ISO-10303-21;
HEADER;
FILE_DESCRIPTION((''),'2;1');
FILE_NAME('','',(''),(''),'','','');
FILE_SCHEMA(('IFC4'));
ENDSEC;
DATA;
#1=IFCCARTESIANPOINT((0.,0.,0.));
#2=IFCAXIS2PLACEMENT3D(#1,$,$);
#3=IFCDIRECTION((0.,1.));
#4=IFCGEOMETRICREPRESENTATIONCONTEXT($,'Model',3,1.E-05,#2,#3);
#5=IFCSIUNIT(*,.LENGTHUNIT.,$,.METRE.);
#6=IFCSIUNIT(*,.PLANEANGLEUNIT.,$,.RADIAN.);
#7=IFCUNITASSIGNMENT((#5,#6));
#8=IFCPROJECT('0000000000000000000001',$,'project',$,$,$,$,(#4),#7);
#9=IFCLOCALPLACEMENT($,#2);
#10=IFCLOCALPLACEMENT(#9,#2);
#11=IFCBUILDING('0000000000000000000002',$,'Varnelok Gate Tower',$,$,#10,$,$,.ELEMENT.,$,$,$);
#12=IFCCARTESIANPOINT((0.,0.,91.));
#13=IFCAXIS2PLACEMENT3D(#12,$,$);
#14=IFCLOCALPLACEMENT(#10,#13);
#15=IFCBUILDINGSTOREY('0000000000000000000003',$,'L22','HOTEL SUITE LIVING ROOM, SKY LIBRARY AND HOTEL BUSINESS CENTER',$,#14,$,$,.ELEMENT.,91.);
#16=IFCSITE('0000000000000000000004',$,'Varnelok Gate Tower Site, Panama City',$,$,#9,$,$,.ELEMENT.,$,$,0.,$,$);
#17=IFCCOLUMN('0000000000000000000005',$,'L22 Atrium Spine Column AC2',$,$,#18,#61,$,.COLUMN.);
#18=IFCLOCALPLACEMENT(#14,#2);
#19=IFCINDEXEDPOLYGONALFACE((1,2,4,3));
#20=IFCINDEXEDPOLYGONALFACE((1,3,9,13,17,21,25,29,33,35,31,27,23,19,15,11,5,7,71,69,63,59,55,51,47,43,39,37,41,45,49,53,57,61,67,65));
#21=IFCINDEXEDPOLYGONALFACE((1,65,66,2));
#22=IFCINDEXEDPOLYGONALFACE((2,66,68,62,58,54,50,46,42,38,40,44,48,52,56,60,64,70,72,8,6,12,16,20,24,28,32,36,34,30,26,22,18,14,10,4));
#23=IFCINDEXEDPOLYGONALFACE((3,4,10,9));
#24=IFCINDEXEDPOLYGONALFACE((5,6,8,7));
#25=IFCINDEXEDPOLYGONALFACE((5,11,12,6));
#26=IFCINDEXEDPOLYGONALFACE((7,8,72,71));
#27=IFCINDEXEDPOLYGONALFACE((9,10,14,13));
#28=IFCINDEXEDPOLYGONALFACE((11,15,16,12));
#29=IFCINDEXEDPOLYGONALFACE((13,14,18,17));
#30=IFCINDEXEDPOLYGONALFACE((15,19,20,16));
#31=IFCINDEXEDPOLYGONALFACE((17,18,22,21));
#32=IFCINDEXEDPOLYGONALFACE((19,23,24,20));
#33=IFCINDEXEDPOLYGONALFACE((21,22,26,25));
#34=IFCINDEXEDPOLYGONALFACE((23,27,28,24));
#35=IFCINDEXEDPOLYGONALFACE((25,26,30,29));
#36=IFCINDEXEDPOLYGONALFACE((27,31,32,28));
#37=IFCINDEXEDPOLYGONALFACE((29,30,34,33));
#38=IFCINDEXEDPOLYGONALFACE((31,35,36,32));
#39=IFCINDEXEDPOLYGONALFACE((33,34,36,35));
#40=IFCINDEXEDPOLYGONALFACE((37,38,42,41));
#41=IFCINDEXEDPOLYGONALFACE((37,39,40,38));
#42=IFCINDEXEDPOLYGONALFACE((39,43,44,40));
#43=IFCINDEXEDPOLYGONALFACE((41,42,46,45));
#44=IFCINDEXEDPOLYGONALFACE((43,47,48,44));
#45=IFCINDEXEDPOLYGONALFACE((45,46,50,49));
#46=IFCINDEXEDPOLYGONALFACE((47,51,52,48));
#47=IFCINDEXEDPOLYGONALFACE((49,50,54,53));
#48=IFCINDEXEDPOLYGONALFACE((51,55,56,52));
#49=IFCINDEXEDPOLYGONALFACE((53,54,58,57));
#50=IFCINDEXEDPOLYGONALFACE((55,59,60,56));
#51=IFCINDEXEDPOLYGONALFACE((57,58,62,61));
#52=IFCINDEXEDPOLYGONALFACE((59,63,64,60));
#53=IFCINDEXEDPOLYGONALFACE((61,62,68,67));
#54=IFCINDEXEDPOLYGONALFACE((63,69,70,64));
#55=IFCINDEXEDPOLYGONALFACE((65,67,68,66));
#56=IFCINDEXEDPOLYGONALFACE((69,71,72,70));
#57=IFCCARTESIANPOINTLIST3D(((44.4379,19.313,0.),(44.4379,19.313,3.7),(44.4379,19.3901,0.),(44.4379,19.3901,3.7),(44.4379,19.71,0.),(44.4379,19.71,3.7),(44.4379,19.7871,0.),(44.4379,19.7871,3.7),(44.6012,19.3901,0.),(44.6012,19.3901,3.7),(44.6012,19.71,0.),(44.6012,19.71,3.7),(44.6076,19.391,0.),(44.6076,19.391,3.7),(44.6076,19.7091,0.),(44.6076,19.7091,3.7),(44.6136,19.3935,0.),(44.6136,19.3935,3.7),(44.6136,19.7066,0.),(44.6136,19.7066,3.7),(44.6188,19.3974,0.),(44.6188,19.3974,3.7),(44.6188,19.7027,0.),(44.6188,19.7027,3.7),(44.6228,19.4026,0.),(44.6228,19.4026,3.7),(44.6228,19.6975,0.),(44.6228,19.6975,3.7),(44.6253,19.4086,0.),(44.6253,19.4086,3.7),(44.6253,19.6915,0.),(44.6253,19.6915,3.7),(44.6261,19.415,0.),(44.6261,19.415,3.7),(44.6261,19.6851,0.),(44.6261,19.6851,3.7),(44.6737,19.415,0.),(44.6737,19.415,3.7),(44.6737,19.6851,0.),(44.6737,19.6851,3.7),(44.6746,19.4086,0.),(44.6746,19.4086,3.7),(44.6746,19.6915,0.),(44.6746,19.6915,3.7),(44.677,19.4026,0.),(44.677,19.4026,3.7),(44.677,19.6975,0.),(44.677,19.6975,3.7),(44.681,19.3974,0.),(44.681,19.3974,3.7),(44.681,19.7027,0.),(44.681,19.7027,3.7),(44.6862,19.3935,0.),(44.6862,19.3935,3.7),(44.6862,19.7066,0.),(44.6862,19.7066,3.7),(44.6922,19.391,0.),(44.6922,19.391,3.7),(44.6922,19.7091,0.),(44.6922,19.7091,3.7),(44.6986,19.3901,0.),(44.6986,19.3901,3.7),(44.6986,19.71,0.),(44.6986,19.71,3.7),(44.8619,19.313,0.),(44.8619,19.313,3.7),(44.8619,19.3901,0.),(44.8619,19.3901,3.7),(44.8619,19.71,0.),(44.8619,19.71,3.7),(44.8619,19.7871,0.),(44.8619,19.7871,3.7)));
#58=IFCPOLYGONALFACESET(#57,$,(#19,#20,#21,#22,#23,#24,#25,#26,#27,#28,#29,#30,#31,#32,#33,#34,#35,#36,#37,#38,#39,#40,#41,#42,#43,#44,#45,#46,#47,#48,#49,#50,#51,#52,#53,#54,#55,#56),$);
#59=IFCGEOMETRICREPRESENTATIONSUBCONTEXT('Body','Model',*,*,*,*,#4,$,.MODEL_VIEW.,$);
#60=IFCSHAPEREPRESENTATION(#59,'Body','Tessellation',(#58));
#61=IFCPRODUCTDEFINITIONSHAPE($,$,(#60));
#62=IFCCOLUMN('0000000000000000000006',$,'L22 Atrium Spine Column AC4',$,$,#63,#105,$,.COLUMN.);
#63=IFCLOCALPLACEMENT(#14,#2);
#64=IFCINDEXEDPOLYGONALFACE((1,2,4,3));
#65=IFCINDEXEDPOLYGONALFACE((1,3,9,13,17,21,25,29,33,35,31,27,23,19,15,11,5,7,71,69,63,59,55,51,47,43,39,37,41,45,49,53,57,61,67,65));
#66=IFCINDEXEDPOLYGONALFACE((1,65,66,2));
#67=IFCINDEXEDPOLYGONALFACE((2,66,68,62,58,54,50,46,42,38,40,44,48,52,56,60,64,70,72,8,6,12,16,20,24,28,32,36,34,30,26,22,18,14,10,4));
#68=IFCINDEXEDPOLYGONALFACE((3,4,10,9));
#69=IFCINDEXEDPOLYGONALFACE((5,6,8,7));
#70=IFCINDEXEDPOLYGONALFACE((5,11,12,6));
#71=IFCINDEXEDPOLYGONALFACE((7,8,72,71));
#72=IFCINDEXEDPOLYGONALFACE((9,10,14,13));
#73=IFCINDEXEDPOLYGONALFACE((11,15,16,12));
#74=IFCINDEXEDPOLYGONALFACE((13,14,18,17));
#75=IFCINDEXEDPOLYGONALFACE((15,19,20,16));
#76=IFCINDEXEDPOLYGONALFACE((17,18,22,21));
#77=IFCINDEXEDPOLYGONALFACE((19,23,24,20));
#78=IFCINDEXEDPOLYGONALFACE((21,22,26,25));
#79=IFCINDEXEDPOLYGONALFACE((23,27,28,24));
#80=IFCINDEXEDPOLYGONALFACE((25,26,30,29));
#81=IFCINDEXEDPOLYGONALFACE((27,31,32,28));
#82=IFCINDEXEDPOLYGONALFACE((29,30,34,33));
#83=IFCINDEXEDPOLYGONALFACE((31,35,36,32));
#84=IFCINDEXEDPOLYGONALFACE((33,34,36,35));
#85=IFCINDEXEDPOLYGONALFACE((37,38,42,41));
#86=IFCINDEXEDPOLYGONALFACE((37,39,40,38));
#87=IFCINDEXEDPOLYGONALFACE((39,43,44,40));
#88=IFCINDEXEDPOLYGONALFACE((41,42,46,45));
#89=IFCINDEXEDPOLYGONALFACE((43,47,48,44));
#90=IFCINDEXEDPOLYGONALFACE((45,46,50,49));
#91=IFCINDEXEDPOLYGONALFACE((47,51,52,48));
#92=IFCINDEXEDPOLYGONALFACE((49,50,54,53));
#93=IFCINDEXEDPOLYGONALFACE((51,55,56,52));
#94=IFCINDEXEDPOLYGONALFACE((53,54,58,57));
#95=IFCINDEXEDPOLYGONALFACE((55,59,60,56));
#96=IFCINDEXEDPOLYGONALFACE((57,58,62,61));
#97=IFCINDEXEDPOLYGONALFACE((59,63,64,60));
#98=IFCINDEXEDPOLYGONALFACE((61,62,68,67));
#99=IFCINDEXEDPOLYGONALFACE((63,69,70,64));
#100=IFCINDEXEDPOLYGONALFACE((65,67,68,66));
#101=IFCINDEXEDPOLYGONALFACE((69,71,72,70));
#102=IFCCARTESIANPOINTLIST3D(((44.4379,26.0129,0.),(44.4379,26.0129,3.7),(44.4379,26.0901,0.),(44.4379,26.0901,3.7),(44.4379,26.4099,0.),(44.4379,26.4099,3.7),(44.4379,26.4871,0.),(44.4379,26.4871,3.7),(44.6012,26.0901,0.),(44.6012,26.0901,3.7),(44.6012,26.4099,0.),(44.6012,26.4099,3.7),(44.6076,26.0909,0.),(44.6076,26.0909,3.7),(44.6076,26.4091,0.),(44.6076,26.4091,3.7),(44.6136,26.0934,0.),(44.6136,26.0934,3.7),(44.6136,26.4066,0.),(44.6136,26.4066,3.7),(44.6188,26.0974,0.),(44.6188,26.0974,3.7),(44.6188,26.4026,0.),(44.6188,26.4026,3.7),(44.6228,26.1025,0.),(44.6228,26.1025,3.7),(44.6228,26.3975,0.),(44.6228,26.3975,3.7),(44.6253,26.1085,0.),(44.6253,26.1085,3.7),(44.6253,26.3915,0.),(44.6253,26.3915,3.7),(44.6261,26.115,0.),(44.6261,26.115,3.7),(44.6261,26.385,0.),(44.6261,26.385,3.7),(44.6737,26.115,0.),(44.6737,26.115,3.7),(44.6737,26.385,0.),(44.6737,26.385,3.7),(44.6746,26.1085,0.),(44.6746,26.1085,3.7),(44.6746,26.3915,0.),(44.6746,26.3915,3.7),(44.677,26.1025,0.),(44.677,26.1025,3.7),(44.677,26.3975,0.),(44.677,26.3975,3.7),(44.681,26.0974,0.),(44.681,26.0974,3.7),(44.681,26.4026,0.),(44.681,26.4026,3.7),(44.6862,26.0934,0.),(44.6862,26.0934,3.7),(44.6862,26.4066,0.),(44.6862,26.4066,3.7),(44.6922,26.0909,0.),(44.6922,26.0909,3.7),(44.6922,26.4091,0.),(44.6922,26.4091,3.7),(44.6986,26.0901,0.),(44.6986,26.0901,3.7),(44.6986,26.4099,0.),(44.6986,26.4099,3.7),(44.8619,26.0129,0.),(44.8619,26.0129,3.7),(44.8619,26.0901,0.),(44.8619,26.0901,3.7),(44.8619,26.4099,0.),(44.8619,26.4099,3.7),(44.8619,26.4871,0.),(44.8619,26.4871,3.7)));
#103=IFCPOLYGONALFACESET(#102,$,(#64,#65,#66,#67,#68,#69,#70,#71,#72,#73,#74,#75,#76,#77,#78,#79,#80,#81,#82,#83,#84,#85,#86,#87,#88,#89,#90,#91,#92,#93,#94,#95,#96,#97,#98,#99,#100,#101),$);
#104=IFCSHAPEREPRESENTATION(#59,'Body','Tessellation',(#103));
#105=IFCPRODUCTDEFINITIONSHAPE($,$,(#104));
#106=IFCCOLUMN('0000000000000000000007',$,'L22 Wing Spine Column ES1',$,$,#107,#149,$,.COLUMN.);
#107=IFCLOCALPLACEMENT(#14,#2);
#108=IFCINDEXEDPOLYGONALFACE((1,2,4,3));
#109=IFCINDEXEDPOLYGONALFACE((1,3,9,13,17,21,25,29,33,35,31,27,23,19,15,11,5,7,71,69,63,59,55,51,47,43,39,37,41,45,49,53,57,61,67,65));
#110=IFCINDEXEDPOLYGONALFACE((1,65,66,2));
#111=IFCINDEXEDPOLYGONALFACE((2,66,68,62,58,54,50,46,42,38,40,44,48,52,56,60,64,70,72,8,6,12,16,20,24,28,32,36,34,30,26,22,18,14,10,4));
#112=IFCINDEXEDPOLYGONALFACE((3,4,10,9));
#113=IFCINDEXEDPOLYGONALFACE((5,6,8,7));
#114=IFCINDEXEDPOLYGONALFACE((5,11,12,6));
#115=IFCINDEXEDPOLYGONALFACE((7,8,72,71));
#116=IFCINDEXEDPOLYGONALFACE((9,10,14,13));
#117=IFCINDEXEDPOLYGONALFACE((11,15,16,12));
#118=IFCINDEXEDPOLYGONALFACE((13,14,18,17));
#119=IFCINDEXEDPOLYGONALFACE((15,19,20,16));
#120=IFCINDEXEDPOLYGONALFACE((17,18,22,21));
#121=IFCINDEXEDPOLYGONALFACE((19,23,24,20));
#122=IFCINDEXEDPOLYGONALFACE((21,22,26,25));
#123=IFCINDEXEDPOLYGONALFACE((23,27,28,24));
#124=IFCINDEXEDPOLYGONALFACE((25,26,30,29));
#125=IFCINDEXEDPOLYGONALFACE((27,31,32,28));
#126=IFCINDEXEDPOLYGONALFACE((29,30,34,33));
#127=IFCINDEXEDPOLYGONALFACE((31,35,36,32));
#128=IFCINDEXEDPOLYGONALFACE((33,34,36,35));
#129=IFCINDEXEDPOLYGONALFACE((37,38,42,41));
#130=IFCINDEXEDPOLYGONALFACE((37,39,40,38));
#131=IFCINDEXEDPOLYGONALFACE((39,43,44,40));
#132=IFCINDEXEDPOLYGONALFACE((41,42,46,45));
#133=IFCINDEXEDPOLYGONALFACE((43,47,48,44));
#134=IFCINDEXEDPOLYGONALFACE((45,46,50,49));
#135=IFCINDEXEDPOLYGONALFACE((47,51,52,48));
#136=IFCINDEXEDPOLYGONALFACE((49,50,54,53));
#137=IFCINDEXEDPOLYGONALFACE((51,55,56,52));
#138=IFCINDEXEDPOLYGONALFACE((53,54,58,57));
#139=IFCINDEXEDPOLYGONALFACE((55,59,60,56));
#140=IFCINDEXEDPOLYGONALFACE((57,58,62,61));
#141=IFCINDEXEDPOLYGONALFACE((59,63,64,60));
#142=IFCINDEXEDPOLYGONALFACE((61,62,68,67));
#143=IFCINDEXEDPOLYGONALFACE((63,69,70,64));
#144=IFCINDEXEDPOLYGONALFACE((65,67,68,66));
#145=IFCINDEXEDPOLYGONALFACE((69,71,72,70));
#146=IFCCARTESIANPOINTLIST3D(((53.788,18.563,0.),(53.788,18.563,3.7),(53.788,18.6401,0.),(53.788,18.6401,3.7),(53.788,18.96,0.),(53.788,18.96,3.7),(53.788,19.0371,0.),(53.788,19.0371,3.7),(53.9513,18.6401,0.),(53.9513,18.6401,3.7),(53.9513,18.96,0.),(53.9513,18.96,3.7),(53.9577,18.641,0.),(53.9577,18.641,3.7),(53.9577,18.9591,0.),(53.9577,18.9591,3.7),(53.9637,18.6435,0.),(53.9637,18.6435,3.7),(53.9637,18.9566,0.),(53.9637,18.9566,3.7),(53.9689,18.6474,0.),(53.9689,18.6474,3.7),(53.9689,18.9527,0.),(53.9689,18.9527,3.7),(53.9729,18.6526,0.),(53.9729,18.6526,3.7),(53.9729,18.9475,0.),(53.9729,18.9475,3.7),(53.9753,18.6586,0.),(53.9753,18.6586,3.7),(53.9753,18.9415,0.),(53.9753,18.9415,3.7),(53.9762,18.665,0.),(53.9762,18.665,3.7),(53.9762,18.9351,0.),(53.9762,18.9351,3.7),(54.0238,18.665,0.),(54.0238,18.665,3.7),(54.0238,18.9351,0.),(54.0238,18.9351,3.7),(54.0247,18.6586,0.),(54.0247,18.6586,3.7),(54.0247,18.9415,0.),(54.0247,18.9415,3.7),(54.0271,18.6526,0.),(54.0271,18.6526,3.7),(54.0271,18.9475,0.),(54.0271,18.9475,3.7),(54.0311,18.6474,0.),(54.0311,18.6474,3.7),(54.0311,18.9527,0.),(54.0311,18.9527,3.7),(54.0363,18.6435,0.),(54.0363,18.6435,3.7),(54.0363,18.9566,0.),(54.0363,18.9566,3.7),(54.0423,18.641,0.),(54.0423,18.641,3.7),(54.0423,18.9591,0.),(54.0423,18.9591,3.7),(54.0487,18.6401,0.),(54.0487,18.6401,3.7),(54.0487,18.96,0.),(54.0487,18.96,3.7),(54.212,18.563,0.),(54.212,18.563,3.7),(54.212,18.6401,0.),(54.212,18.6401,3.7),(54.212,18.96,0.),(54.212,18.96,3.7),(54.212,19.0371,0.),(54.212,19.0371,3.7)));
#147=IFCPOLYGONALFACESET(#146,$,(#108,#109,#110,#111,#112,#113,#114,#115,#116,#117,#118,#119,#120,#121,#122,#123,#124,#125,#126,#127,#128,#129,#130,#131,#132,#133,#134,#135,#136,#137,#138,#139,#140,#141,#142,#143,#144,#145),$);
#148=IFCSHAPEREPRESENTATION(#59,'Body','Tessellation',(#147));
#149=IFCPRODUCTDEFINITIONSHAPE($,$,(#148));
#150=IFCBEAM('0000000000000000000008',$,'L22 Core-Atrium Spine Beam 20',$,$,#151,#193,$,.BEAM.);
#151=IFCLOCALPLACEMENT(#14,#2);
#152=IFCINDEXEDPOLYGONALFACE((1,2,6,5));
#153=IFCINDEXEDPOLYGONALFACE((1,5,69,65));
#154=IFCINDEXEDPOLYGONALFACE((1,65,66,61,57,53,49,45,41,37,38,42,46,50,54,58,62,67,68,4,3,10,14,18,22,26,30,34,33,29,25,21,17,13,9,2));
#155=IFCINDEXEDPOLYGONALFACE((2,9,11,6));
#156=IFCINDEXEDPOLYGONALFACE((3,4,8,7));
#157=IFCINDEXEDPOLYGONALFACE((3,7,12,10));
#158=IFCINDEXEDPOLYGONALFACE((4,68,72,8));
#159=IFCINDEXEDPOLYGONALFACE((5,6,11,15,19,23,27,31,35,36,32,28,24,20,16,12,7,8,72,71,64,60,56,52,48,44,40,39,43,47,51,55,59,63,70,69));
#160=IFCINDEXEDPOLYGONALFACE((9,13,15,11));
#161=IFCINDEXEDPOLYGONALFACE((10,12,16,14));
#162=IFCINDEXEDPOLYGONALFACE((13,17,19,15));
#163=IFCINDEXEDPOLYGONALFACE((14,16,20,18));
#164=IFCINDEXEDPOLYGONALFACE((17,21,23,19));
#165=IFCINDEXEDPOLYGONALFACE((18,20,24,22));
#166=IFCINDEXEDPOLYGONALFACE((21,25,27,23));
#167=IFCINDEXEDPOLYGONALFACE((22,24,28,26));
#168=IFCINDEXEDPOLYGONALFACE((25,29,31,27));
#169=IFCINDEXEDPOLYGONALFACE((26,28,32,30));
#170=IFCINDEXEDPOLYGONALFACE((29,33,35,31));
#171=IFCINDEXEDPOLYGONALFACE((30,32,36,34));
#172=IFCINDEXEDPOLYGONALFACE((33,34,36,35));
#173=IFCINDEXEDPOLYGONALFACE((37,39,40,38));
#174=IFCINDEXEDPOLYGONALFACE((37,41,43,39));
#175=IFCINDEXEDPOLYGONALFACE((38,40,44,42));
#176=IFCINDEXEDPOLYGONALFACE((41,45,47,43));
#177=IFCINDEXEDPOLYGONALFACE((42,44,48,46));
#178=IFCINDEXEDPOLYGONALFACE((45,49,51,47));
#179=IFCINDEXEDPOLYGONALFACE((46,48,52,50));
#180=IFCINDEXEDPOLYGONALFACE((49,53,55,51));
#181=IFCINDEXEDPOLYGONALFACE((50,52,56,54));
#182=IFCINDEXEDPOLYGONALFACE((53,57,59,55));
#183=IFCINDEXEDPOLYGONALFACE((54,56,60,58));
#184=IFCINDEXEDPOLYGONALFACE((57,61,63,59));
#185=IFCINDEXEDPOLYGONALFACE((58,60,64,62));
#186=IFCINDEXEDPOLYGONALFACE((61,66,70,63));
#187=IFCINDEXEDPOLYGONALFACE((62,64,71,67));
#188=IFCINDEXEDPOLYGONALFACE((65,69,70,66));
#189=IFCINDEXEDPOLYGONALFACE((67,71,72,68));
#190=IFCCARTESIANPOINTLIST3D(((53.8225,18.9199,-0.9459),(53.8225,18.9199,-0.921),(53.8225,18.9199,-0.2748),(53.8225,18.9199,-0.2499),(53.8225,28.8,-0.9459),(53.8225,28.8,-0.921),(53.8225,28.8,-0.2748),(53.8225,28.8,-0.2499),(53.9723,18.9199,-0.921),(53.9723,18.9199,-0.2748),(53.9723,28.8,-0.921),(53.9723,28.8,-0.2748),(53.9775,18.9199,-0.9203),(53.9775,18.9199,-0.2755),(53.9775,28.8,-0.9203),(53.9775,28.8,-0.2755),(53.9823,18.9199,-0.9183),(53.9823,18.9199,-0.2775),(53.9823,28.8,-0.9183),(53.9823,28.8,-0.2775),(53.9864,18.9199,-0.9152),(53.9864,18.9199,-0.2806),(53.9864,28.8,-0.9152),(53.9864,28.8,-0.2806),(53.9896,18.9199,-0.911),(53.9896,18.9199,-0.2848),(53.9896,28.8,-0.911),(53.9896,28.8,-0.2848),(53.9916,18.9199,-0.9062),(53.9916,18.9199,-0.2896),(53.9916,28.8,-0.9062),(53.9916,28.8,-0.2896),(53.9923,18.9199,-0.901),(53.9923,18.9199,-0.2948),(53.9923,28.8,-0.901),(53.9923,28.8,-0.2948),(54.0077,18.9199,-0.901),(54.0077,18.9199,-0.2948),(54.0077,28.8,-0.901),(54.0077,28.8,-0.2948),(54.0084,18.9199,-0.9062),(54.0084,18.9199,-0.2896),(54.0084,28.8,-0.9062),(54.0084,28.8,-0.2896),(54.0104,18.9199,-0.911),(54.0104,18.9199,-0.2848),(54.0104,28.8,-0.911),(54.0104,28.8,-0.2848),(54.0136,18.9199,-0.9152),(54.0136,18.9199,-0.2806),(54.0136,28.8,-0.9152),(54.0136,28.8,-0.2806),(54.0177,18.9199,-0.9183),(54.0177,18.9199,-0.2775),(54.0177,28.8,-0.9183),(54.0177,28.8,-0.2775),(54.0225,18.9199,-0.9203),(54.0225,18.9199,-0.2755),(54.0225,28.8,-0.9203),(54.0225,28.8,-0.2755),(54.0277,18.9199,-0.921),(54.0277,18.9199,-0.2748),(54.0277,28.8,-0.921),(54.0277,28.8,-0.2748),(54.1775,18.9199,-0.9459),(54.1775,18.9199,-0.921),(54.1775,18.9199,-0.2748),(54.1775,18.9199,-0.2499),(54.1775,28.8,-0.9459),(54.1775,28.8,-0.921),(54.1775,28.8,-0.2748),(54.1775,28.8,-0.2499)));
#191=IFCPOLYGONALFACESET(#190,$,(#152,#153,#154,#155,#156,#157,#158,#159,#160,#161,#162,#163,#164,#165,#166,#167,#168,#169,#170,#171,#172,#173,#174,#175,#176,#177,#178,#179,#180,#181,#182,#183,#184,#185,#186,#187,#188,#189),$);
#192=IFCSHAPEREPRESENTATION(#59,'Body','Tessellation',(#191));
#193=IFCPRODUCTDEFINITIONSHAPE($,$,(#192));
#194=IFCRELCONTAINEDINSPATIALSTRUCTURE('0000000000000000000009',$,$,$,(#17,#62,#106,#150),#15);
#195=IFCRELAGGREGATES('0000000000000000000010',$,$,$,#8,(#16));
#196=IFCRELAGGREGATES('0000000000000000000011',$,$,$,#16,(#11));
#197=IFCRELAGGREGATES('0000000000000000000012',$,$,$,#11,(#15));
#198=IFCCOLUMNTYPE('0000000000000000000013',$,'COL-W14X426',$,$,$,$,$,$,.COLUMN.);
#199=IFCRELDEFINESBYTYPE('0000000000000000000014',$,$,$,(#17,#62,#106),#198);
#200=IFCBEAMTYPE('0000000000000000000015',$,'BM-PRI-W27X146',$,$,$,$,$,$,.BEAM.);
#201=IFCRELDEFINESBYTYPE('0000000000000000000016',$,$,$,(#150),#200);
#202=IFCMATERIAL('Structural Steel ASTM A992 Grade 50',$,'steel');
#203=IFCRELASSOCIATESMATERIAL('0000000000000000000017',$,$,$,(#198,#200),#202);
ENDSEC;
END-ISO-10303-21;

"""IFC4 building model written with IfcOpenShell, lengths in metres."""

from ifc_helpers import new_model, si_unit, direction, frame, origin, origin_2d, place, context, subcontext, project, spatial, i_section, extrude, material, material_profile, profile_set, type_object, element, save


model = new_model("IFC4")

# Units and contexts
model_context = context("Model", 3, precision=1e-05, world=origin(), true_north=direction((0.0, 1.0)))
body_context = subcontext(model_context, "Body", "Model", "MODEL_VIEW")
ifc_project = project(units=[si_unit("LENGTHUNIT", "METRE"), si_unit("PLANEANGLEUNIT", "RADIAN")], contexts=[model_context])

# Site, building, storey
site_placement = place(None, origin())
site = spatial("IfcSite", under=ifc_project, at=site_placement, Name="Varnelok Gate Tower Site, Panama City", CompositionType="ELEMENT", RefElevation=0.0)
building_placement = place(site_placement, origin())
building = spatial("IfcBuilding", under=site, at=building_placement, Name="Varnelok Gate Tower", CompositionType="ELEMENT")
storey_placement = place(building_placement, frame((0.0, 0.0, 91.0)))
storey = spatial("IfcBuildingStorey", under=building, at=storey_placement, Name="L22", Description="HOTEL SUITE LIVING ROOM, SKY LIBRARY AND HOTEL BUSINESS CENTER", CompositionType="ELEMENT", Elevation=91.0)

# Columns
ifc_material_1 = material(Name="Structural Steel ASTM A992 Grade 50", Category="steel")
ifc_material_profile_1 = material_profile(ifc_material_1, i_section(OverallWidth=0.4241, OverallDepth=0.4741, WebThickness=0.0476, FlangeThickness=0.0771, FilletRadius=0.0249, at=origin_2d()), Name="W14X426")
ifc_profile_set_1 = profile_set([ifc_material_profile_1], Name="Structural Steel ASTM A992 Grade 50")
column_type = type_object("IfcColumnType", Name="COL-W14X426", PredefinedType="COLUMN", material=ifc_profile_set_1)
for number, where, z_axis, x_axis, name in (
    (1, (44.6499, 19.55, 0.0), (0.0, 0.0, 1.0), (1.0, 0.0, 0.0), "L22 Atrium Spine Column AC2"),
    (2, (44.6499, 26.25, 0.0), (0.0, 0.0, 1.0), (1.0, 0.0, 0.0), "L22 Atrium Spine Column AC4"),
    (3, (54.0, 18.8, 0.0), (0.0, 0.0, 1.0), (1.0, 0.0, 0.0), "L22 Wing Spine Column ES1"),
):
    element("IfcColumn", number, at=place(storey_placement, frame(where, z_axis=z_axis, x_axis=x_axis)), inside=storey, type_object=column_type, Name=name, PredefinedType="COLUMN", context=body_context, shape_type="SweptSolid", body=[
        extrude(i_section(OverallWidth=0.4241, OverallDepth=0.4741, WebThickness=0.0476, FlangeThickness=0.0771, FilletRadius=0.0249, at=origin_2d()), origin(), (0.0, 0.0, 1.0), 3.7),
    ])

# Beam
ifc_material_profile_2 = material_profile(ifc_material_1, i_section(OverallWidth=0.355, OverallDepth=0.696, WebThickness=0.0154, FlangeThickness=0.0249, FilletRadius=0.02, at=origin_2d()), Name="W27X146")
ifc_profile_set_2 = profile_set([ifc_material_profile_2], Name="Structural Steel ASTM A992 Grade 50")
beam_type_1 = type_object("IfcBeamType", Name="BM-PRI-W27X146", PredefinedType="BEAM", material=ifc_profile_set_2)
beam_1_placement = place(storey_placement, frame((54.0, 18.9199, -0.5979), z_axis=(0.0, 1.0, 0.0), x_axis=(-1.0, 0.0, 0.0)))
element("IfcBeam", 4, at=beam_1_placement, inside=storey, type_object=beam_type_1, Name="L22 Core-Atrium Spine Beam 20", PredefinedType="BEAM", context=body_context, shape_type="SweptSolid", body=[
    extrude(i_section(OverallWidth=0.355, OverallDepth=0.696, WebThickness=0.0154, FlangeThickness=0.0249, FilletRadius=0.02, at=origin_2d()), origin(), (0.0, 0.0, 1.0), 9.8801),
])

save(model, "model.ifc")
